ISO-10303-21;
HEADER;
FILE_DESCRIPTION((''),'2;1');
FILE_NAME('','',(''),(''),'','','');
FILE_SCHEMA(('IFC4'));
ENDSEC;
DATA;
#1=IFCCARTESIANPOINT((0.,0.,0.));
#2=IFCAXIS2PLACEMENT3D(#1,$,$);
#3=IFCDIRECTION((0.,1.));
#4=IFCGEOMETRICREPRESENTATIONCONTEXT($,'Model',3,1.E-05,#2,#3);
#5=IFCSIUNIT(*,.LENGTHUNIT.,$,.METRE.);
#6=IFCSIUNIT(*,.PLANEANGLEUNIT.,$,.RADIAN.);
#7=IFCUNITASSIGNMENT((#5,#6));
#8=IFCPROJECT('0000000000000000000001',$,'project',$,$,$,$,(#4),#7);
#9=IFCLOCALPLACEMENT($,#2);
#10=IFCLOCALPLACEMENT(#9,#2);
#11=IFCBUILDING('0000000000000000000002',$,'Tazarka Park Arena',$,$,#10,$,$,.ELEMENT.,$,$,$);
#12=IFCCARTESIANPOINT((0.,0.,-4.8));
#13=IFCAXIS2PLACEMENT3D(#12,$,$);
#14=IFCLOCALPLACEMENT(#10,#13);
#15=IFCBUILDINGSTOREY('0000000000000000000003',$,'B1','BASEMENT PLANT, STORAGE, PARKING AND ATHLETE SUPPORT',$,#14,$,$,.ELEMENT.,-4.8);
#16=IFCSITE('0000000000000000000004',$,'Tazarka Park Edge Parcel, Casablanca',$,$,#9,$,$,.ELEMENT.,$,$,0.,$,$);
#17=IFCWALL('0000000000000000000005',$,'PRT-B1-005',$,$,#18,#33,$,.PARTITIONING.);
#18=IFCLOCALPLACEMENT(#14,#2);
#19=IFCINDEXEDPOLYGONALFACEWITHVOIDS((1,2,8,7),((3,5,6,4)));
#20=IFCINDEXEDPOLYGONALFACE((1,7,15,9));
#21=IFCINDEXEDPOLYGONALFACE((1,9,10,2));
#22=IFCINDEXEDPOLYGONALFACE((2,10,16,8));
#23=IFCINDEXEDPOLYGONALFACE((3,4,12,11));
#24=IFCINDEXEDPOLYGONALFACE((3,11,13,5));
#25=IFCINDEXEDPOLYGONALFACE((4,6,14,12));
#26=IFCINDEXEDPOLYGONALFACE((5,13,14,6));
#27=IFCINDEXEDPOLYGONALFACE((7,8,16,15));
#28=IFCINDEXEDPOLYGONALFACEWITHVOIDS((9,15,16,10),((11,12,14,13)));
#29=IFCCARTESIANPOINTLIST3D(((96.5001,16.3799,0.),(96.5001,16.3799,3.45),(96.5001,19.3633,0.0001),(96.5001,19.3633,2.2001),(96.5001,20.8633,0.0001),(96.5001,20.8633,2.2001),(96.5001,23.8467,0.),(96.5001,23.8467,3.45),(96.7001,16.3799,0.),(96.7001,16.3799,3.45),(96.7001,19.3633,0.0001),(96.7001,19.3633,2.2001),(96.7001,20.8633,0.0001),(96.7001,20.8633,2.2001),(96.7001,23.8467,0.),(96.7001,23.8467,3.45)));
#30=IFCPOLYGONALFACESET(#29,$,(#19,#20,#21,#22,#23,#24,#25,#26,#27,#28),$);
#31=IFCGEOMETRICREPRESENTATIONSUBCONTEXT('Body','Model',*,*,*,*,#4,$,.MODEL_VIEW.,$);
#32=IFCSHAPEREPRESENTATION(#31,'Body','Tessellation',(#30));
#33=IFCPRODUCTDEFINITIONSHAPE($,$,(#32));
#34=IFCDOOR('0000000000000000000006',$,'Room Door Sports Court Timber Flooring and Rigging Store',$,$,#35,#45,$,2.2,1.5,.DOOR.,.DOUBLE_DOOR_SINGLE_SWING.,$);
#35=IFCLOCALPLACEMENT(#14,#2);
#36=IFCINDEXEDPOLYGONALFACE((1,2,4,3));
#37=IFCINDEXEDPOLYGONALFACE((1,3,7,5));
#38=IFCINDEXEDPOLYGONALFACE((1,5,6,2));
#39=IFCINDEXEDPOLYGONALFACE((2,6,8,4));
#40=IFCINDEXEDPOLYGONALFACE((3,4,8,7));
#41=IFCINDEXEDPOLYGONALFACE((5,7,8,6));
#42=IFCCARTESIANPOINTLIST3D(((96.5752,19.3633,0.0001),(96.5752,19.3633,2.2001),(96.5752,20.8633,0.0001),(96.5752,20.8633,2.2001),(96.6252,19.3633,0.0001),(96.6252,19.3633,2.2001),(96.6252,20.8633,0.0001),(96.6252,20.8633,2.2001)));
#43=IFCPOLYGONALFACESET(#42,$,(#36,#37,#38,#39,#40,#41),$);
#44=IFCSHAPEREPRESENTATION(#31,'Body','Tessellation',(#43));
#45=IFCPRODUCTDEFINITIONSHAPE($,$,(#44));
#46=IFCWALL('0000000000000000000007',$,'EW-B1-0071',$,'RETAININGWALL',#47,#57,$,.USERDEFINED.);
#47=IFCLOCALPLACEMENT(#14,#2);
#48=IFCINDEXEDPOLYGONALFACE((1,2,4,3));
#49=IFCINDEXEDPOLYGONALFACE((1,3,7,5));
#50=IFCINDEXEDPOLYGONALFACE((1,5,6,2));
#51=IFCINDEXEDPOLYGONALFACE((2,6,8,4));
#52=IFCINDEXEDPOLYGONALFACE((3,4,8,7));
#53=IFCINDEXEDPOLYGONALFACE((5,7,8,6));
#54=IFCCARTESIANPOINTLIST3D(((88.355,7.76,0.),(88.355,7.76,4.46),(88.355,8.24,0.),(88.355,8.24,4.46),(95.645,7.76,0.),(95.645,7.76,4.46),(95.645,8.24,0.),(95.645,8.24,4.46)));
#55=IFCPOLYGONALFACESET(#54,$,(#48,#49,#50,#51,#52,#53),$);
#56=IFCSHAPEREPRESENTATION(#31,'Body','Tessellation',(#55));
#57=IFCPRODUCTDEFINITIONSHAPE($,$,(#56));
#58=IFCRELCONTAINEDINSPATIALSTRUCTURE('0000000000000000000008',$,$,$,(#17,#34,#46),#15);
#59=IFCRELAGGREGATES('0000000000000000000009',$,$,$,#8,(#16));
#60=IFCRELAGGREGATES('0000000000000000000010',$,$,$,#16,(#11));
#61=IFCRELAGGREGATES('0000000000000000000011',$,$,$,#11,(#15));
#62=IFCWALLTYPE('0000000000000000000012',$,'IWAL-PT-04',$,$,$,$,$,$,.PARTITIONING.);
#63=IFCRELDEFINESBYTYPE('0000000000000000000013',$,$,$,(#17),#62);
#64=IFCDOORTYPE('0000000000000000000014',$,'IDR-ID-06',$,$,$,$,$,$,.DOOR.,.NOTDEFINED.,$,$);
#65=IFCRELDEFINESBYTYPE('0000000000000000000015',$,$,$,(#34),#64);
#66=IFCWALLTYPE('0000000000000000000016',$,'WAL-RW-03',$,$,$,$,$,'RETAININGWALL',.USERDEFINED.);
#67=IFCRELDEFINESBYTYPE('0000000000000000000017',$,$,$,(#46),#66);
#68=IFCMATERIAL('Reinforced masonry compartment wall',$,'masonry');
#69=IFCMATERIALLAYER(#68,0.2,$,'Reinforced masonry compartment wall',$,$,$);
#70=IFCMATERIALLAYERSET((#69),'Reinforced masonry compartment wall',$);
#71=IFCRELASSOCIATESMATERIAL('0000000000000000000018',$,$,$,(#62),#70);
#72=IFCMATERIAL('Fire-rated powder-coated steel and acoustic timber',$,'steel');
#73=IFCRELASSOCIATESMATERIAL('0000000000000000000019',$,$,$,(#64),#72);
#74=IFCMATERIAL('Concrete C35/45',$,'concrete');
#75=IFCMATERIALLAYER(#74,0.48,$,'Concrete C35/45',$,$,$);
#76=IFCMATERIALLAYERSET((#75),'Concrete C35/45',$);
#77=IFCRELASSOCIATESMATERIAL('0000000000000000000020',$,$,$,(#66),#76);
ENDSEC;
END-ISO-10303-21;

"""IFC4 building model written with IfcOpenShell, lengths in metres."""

from ifc_helpers import new_model, si_unit, direction, frame, frame_2d, origin, place, context, subcontext, project, spatial, rectangle, extrude, material, layer, layer_set, type_object, element, fill, save


model = new_model("IFC4")

# Units and contexts
model_context = context("Model", 3, precision=1e-05, world=origin(), true_north=direction((0.0, 1.0)))
body_context = subcontext(model_context, "Body", "Model", "MODEL_VIEW")
ifc_project = project(units=[si_unit("LENGTHUNIT", "METRE"), si_unit("PLANEANGLEUNIT", "RADIAN")], contexts=[model_context])

# Site, building, storey
site_placement = place(None, origin())
site = spatial("IfcSite", under=ifc_project, at=site_placement, Name="Tazarka Park Edge Parcel, Casablanca", CompositionType="ELEMENT", RefElevation=0.0)
building_placement = place(site_placement, origin())
building = spatial("IfcBuilding", under=site, at=building_placement, Name="Tazarka Park Arena", CompositionType="ELEMENT")
storey_placement = place(building_placement, frame((0.0, 0.0, -4.8)))
storey = spatial("IfcBuildingStorey", under=building, at=storey_placement, Name="B1", Description="BASEMENT PLANT, STORAGE, PARKING AND ATHLETE SUPPORT", CompositionType="ELEMENT", Elevation=-4.8)

# Wall, opening, door
ifc_material_1 = material(Name="Reinforced masonry compartment wall", Category="masonry")
ifc_layer_1 = layer(ifc_material_1, 0.2, Name="Reinforced masonry compartment wall")
ifc_layer_set_1 = layer_set([ifc_layer_1], Name="Reinforced masonry compartment wall")
wall_type_1 = type_object("IfcWallType", Name="IWAL-PT-04", PredefinedType="PARTITIONING", material=ifc_layer_set_1)
wall_1_placement = place(storey_placement, frame((96.6001, 16.3799, 0.0), z_axis=(0.0, 0.0, 1.0), x_axis=(0.0, 1.0, 0.0)))
wall_1 = element("IfcWall", 1, at=wall_1_placement, inside=storey, type_object=wall_type_1, Name="PRT-B1-005", PredefinedType="PARTITIONING", context=body_context, shape_type="SweptSolid", body=[
    extrude(rectangle(XDim=7.4668, YDim=0.2, at=frame_2d((3.7334, 0.0))), origin(), (0.0, 0.0, 1.0), 3.45),
])
opening_placement = place(wall_1_placement, frame((2.9834, 0.0, 0.0)))
opening = element("IfcOpeningElement", 2, at=opening_placement, cuts=wall_1, PredefinedType="OPENING", context=body_context, shape_type="SweptSolid", body=[
    extrude(rectangle(XDim=1.5, YDim=2.2, at=frame_2d((0.75, 1.1001))), frame((0.0, 0.1099, 0.0), z_axis=(0.0, -1.0, 0.0), x_axis=(1.0, 0.0, 0.0)), (0.0, 0.0, 1.0), 0.22),
])
ifc_material_2 = material(Name="Fire-rated powder-coated steel and acoustic timber", Category="steel")
door_type = type_object("IfcDoorType", Name="IDR-ID-06", OperationType="NOTDEFINED", PredefinedType="DOOR", material=ifc_material_2)
door_placement = place(opening_placement, origin())
door = element("IfcDoor", 3, at=door_placement, inside=storey, type_object=door_type, Name="Room Door Sports Court Timber Flooring and Rigging Store", OperationType="DOUBLE_DOOR_SINGLE_SWING", OverallHeight=2.2, OverallWidth=1.5, PredefinedType="DOOR", context=body_context, shape_type="SweptSolid", body=[
    extrude(rectangle(XDim=1.5, YDim=2.2, at=frame_2d((0.75, 1.1001))), frame((0.0, 0.0249, 0.0), z_axis=(0.0, -1.0, 0.0), x_axis=(1.0, 0.0, 0.0)), (0.0, 0.0, 1.0), 0.05),
])
fill(opening, door)

# Wall
ifc_material_3 = material(Name="Concrete C35/45", Category="concrete")
ifc_layer_2 = layer(ifc_material_3, 0.48, Name="Concrete C35/45")
ifc_layer_set_2 = layer_set([ifc_layer_2], Name="Concrete C35/45")
wall_type_2 = type_object("IfcWallType", Name="WAL-RW-03", ElementType="RETAININGWALL", PredefinedType="USERDEFINED", material=ifc_layer_set_2)
wall_2_placement = place(storey_placement, frame((95.645, 8.0, 0.0), z_axis=(0.0, 0.0, 1.0), x_axis=(-1.0, 0.0, 0.0)))
element("IfcWall", 4, at=wall_2_placement, inside=storey, type_object=wall_type_2, Name="EW-B1-0071", ObjectType="RETAININGWALL", PredefinedType="USERDEFINED", context=body_context, shape_type="SweptSolid", body=[
    extrude(rectangle(XDim=7.29, YDim=0.48, at=frame_2d((3.645, 0.0))), origin(), (0.0, 0.0, 1.0), 4.46),
])

save(model, "model.ifc")
